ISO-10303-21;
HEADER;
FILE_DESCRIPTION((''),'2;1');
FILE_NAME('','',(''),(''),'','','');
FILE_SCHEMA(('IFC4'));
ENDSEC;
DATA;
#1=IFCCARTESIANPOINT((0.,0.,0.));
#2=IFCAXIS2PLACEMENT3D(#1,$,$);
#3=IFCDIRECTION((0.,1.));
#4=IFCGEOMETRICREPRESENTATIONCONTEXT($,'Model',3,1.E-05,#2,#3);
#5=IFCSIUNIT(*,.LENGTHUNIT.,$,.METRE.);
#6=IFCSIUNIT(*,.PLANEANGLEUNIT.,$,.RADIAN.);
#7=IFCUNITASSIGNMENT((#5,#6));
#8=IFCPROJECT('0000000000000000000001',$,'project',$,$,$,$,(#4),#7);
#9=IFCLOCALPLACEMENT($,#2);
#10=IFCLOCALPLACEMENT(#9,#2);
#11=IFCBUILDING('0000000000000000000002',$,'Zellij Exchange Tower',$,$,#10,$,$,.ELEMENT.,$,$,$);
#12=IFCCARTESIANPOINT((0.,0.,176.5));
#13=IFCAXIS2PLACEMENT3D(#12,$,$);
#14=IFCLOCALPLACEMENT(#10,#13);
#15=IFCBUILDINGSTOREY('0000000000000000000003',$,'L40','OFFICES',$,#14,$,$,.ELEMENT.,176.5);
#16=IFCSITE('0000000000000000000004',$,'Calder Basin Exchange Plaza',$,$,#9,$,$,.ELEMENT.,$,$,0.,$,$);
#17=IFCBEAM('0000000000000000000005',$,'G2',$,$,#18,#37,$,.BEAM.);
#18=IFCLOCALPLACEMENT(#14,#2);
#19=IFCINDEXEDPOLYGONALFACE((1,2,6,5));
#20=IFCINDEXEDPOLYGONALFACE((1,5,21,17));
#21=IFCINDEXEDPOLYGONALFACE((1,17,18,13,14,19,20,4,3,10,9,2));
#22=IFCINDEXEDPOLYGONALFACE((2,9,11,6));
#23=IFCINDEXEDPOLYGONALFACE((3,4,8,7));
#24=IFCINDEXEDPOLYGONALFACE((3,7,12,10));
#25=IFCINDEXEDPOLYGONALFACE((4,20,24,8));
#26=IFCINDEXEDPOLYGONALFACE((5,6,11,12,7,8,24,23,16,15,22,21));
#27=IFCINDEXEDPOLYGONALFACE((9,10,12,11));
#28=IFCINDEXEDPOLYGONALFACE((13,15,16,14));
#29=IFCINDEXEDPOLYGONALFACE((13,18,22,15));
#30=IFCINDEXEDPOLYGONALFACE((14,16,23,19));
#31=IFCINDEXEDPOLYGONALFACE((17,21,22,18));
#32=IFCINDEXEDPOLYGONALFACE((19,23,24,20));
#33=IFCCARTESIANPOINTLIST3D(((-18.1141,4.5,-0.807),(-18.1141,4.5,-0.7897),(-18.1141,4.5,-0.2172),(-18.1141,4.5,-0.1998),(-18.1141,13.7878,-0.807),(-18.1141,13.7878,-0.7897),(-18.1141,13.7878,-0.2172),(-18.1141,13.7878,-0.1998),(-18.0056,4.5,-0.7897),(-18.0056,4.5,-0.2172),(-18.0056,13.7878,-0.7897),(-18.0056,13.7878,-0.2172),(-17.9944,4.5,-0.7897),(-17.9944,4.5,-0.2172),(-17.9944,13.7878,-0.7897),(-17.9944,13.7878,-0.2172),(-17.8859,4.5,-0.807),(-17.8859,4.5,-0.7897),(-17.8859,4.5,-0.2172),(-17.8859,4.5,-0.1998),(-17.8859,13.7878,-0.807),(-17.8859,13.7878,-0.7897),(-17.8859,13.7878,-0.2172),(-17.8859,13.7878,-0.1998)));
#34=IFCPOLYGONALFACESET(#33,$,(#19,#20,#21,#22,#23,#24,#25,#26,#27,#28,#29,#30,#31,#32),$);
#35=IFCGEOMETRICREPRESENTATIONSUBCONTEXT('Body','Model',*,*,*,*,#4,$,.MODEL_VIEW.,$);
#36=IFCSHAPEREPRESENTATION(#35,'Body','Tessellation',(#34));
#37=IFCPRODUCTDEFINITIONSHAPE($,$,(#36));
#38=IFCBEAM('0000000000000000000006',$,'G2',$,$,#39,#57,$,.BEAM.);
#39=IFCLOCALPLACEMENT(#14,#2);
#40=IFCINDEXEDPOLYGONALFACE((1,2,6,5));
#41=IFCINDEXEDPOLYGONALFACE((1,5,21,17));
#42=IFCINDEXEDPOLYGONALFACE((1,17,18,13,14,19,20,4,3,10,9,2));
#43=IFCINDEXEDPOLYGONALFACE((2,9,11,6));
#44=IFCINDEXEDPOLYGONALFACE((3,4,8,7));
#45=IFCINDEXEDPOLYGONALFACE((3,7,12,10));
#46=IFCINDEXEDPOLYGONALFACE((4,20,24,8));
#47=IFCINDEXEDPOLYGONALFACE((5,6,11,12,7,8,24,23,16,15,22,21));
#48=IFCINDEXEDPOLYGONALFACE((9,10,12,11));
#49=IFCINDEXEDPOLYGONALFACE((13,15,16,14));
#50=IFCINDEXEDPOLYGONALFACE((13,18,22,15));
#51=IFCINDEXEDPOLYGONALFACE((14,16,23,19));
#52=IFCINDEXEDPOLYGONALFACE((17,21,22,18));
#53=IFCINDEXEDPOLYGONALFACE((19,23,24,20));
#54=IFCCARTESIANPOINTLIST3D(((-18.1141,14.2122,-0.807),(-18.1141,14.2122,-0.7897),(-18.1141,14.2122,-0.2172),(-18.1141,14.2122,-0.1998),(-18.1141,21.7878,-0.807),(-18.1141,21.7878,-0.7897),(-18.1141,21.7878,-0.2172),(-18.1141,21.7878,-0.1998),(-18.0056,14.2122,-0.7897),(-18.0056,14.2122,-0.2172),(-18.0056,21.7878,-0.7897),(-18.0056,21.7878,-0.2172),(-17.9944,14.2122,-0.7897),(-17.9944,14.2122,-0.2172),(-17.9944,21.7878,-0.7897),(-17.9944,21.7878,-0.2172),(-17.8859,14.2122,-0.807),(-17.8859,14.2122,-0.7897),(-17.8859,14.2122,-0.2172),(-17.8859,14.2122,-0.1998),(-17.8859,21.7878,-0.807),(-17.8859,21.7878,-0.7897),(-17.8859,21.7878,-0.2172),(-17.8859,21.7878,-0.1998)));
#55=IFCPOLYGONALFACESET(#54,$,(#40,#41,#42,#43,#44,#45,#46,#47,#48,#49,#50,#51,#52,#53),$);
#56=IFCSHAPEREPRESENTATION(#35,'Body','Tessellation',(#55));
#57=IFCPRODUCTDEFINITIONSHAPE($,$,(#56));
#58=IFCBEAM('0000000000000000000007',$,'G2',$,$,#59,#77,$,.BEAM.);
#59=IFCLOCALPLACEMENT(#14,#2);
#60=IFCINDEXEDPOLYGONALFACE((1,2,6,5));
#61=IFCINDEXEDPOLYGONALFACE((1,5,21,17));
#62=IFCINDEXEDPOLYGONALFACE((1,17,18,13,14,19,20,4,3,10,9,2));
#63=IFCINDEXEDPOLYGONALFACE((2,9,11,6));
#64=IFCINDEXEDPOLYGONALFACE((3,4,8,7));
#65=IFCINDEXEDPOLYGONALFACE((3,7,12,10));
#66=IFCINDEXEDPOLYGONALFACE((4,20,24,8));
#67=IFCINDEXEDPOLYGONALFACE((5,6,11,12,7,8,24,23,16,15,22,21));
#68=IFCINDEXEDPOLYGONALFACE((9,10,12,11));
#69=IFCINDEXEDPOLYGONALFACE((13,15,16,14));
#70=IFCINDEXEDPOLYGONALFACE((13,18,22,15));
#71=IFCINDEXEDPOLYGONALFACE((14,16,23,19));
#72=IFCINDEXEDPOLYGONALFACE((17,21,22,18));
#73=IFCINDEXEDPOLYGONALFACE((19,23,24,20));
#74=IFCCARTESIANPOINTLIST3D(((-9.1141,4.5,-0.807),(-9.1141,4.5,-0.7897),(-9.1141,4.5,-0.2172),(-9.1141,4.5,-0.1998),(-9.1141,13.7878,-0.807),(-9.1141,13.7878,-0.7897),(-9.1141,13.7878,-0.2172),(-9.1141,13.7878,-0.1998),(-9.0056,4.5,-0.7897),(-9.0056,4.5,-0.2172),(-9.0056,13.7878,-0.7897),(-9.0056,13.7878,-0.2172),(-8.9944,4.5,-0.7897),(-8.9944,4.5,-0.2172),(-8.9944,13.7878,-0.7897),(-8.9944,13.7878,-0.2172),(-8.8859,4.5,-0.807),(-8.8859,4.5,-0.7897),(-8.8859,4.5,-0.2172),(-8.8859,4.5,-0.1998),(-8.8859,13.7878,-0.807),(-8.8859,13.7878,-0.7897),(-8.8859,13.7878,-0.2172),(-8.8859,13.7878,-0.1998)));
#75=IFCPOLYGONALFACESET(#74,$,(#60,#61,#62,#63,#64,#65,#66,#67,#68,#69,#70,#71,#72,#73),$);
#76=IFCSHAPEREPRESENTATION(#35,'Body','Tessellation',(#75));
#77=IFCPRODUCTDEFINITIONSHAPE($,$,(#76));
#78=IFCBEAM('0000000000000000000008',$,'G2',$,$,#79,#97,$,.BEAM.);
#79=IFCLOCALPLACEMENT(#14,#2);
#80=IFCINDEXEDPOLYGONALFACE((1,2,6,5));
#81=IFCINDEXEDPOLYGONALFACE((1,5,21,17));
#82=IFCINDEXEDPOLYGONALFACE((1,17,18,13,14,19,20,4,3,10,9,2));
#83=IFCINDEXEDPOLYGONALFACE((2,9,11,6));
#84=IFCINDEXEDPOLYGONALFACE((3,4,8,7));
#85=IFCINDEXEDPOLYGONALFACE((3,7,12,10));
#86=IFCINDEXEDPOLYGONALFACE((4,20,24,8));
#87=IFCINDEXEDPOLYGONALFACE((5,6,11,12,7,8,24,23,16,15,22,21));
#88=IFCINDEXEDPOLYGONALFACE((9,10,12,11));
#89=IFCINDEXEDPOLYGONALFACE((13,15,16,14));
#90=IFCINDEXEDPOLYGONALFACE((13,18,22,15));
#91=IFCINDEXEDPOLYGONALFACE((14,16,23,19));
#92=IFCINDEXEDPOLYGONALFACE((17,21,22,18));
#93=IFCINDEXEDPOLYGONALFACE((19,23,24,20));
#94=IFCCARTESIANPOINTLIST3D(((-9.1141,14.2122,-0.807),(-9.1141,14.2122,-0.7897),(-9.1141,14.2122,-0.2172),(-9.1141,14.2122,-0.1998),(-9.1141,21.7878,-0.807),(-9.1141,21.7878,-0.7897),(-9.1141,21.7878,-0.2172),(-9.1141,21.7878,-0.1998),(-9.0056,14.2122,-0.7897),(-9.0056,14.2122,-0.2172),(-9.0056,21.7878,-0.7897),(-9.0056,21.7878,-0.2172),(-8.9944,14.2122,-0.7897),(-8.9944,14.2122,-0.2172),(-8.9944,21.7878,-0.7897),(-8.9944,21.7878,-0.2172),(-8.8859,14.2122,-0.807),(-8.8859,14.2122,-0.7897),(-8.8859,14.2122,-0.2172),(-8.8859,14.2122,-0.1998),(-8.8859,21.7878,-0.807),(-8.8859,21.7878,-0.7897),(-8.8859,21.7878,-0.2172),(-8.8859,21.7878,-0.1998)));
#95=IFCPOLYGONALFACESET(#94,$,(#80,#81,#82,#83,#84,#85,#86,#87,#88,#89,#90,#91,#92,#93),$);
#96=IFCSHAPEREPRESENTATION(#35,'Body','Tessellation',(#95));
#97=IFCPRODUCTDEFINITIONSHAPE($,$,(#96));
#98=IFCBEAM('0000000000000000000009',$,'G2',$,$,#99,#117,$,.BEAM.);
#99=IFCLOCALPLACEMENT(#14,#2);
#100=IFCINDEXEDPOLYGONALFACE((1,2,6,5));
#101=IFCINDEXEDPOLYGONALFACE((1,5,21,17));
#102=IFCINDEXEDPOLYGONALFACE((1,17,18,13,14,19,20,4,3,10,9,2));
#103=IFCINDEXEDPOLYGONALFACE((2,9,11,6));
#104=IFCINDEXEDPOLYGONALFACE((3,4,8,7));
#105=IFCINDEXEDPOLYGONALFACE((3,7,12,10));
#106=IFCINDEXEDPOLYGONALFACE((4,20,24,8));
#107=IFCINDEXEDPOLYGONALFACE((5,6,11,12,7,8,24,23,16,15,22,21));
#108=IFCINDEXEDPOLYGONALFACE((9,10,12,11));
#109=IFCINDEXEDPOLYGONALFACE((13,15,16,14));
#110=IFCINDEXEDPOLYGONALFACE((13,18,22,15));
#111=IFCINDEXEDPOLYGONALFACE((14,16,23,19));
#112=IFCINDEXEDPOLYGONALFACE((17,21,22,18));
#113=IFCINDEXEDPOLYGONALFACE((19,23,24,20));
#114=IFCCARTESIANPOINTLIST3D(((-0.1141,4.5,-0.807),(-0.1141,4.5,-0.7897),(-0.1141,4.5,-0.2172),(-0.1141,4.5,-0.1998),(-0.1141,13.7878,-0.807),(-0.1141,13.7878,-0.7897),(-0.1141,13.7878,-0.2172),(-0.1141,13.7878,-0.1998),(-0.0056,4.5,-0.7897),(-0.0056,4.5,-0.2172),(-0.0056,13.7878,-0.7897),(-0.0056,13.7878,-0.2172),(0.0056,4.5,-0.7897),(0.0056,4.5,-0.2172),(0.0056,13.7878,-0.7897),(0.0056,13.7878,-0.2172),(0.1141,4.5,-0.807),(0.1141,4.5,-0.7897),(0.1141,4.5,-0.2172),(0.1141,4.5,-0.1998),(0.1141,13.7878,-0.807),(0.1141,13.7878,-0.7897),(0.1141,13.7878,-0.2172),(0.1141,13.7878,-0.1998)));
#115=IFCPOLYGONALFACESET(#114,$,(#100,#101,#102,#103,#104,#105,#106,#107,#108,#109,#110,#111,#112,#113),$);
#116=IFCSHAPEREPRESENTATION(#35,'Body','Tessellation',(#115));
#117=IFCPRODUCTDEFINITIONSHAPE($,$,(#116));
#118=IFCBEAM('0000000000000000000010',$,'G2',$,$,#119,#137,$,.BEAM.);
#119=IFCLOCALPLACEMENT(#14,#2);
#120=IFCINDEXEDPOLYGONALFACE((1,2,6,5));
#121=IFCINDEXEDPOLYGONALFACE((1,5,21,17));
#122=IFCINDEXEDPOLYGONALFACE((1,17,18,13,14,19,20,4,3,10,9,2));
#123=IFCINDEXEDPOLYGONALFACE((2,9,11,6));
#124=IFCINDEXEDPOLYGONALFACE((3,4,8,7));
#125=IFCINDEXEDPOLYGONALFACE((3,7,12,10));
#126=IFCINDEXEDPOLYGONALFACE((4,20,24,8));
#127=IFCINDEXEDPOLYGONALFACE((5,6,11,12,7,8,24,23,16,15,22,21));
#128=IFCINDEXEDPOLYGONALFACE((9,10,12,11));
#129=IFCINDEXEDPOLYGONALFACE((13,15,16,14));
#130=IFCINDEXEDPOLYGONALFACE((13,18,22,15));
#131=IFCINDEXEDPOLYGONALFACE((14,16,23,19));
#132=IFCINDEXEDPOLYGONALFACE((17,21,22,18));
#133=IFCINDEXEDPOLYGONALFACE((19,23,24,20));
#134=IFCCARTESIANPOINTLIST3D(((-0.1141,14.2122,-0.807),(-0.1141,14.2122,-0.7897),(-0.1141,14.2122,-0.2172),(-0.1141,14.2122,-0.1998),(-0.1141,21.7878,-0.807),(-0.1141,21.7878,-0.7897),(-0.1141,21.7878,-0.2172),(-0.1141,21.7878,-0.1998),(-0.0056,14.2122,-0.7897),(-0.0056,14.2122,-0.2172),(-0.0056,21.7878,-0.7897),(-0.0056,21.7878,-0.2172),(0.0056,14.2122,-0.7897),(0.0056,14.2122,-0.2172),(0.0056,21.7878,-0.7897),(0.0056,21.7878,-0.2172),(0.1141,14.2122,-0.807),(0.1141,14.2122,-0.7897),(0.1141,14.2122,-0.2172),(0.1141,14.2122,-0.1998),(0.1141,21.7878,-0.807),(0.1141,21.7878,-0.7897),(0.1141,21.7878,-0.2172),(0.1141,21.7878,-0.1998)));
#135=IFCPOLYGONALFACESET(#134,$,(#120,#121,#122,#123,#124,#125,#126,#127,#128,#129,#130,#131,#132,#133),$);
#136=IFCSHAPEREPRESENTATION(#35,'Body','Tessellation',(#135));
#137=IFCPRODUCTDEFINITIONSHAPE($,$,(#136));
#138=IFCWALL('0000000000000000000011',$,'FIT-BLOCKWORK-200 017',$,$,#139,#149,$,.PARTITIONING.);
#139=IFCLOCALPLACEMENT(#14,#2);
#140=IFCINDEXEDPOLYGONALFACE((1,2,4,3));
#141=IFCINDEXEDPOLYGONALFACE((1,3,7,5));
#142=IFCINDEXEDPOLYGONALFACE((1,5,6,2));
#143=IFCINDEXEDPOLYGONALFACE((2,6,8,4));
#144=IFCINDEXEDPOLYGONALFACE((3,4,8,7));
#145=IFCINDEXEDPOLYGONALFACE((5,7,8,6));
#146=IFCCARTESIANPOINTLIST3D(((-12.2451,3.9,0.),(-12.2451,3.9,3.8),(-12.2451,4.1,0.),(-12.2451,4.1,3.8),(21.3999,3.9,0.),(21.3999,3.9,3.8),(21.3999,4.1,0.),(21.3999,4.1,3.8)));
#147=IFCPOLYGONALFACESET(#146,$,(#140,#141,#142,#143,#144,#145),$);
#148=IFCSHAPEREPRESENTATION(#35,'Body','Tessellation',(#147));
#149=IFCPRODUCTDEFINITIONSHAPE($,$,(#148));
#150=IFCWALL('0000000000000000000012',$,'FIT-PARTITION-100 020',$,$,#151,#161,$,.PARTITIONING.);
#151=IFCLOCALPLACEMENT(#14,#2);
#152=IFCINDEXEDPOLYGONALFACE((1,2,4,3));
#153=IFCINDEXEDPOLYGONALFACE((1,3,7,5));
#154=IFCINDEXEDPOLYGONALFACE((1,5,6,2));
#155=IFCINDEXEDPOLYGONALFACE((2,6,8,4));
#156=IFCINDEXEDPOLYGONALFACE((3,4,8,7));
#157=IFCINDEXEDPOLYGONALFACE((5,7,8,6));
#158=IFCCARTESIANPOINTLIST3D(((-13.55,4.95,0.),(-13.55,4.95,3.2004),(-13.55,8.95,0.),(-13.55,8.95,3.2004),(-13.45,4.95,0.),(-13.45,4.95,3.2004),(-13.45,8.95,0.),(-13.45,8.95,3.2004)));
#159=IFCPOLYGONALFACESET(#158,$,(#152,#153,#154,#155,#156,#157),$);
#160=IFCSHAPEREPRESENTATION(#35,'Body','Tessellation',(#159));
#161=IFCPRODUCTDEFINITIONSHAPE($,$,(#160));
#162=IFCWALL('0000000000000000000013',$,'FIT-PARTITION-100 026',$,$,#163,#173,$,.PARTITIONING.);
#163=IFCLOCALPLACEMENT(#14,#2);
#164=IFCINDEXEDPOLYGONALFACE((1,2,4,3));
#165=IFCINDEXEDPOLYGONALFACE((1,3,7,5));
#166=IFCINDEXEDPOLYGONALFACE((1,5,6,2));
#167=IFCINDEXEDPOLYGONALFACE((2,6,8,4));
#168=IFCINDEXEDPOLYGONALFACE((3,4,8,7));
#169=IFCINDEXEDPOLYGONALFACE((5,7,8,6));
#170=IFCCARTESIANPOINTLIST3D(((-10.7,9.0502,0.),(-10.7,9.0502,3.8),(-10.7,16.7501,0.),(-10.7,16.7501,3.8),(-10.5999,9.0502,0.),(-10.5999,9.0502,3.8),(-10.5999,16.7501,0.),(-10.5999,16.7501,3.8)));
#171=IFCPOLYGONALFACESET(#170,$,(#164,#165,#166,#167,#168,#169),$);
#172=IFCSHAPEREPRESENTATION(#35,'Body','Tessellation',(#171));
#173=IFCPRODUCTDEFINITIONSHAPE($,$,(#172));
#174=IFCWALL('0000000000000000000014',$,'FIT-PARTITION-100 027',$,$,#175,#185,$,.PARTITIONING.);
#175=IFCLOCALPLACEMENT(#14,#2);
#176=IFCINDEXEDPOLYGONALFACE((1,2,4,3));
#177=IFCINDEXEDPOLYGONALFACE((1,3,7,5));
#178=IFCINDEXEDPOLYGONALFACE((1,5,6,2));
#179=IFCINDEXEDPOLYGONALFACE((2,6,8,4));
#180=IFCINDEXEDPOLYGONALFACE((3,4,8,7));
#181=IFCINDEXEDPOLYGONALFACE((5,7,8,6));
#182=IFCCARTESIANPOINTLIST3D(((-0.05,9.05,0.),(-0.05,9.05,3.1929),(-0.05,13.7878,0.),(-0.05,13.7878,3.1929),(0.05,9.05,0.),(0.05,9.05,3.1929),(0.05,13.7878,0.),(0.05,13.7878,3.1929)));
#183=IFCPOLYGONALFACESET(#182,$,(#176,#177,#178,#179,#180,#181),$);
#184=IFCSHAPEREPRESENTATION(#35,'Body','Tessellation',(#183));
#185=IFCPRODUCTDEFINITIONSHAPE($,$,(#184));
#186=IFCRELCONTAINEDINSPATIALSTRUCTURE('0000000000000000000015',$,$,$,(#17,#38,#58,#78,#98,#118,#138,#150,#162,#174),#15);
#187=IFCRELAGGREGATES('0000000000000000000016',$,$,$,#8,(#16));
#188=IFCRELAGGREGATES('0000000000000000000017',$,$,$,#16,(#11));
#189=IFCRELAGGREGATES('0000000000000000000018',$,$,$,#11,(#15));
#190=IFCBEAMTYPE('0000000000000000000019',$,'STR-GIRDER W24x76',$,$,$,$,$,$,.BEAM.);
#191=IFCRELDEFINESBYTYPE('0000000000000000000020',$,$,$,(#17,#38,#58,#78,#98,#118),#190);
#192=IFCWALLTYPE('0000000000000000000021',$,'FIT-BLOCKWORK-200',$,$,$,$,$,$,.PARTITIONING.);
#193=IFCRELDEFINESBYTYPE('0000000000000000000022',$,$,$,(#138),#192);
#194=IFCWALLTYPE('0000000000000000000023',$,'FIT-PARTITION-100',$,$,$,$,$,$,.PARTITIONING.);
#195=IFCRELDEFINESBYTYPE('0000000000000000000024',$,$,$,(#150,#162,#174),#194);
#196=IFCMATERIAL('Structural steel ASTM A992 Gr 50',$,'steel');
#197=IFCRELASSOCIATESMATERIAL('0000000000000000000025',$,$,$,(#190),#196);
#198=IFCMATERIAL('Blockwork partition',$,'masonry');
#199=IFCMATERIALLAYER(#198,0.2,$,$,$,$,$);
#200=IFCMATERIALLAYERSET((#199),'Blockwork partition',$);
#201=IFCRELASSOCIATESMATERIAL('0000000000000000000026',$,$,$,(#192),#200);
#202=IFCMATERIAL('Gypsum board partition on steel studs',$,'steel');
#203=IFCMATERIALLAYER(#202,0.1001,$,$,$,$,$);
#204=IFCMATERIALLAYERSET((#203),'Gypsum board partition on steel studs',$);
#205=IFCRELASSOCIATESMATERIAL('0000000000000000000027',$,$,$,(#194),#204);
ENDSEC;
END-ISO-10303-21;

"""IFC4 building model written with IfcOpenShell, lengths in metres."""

from ifc_helpers import new_model, si_unit, direction, frame, frame_2d, origin, origin_2d, place, context, subcontext, project, spatial, rectangle, i_section, extrude, material, layer, layer_set, material_profile, profile_set, type_object, element, save


model = new_model("IFC4")

# Units and contexts
model_context = context("Model", 3, precision=1e-05, world=origin(), true_north=direction((0.0, 1.0)))
body_context = subcontext(model_context, "Body", "Model", "MODEL_VIEW")
ifc_project = project(units=[si_unit("LENGTHUNIT", "METRE"), si_unit("PLANEANGLEUNIT", "RADIAN")], contexts=[model_context])

# Site, building, storey
site_placement = place(None, origin())
site = spatial("IfcSite", under=ifc_project, at=site_placement, Name="Calder Basin Exchange Plaza", CompositionType="ELEMENT", RefElevation=0.0)
building_placement = place(site_placement, origin())
building = spatial("IfcBuilding", under=site, at=building_placement, Name="Zellij Exchange Tower", CompositionType="ELEMENT")
storey_placement = place(building_placement, frame((0.0, 0.0, 176.5)))
storey = spatial("IfcBuildingStorey", under=building, at=storey_placement, Name="L40", Description="OFFICES", CompositionType="ELEMENT", Elevation=176.5)

# Beams
ifc_material_1 = material(Name="Structural steel ASTM A992 Gr 50", Category="steel")
ifc_material_profile_1 = material_profile(ifc_material_1, i_section(OverallWidth=0.2283, OverallDepth=0.6072, WebThickness=0.0112, FlangeThickness=0.0173, at=origin_2d()), Name="W24x76")
ifc_profile_set_1 = profile_set([ifc_material_profile_1], Name="Structural steel ASTM A992 Gr 50")
beam_type = type_object("IfcBeamType", Name="STR-GIRDER W24x76", PredefinedType="BEAM", material=ifc_profile_set_1)
beam_1_placement = place(storey_placement, frame((-18.0, 4.5, -0.5034), z_axis=(0.0, 1.0, 0.0), x_axis=(-1.0, 0.0, 0.0)))
element("IfcBeam", 1, at=beam_1_placement, inside=storey, type_object=beam_type, Name="G2", PredefinedType="BEAM", context=body_context, shape_type="SweptSolid", body=[
    extrude(i_section(OverallWidth=0.2283, OverallDepth=0.6072, WebThickness=0.0112, FlangeThickness=0.0173, at=origin_2d()), origin(), (0.0, 0.0, 1.0), 9.2878),
])
beam_2_placement = place(storey_placement, frame((-18.0, 14.2122, -0.5034), z_axis=(0.0, 1.0, 0.0), x_axis=(-1.0, 0.0, 0.0)))
element("IfcBeam", 2, at=beam_2_placement, inside=storey, type_object=beam_type, Name="G2", PredefinedType="BEAM", context=body_context, shape_type="SweptSolid", body=[
    extrude(i_section(OverallWidth=0.2283, OverallDepth=0.6072, WebThickness=0.0112, FlangeThickness=0.0173, at=origin_2d()), origin(), (0.0, 0.0, 1.0), 7.5757),
])
beam_3_placement = place(storey_placement, frame((-9.0, 4.5, -0.5034), z_axis=(0.0, 1.0, 0.0), x_axis=(-1.0, 0.0, 0.0)))
element("IfcBeam", 3, at=beam_3_placement, inside=storey, type_object=beam_type, Name="G2", PredefinedType="BEAM", context=body_context, shape_type="SweptSolid", body=[
    extrude(i_section(OverallWidth=0.2283, OverallDepth=0.6072, WebThickness=0.0112, FlangeThickness=0.0173, at=origin_2d()), origin(), (0.0, 0.0, 1.0), 9.2878),
])
beam_4_placement = place(storey_placement, frame((-9.0, 14.2122, -0.5034), z_axis=(0.0, 1.0, 0.0), x_axis=(-1.0, 0.0, 0.0)))
element("IfcBeam", 4, at=beam_4_placement, inside=storey, type_object=beam_type, Name="G2", PredefinedType="BEAM", context=body_context, shape_type="SweptSolid", body=[
    extrude(i_section(OverallWidth=0.2283, OverallDepth=0.6072, WebThickness=0.0112, FlangeThickness=0.0173, at=origin_2d()), origin(), (0.0, 0.0, 1.0), 7.5757),
])
beam_5_placement = place(storey_placement, frame((0.0, 4.5, -0.5034), z_axis=(0.0, 1.0, 0.0), x_axis=(-1.0, 0.0, 0.0)))
element("IfcBeam", 5, at=beam_5_placement, inside=storey, type_object=beam_type, Name="G2", PredefinedType="BEAM", context=body_context, shape_type="SweptSolid", body=[
    extrude(i_section(OverallWidth=0.2283, OverallDepth=0.6072, WebThickness=0.0112, FlangeThickness=0.0173, at=origin_2d()), origin(), (0.0, 0.0, 1.0), 9.2878),
])
beam_6_placement = place(storey_placement, frame((0.0, 14.2122, -0.5034), z_axis=(0.0, 1.0, 0.0), x_axis=(-1.0, 0.0, 0.0)))
element("IfcBeam", 6, at=beam_6_placement, inside=storey, type_object=beam_type, Name="G2", PredefinedType="BEAM", context=body_context, shape_type="SweptSolid", body=[
    extrude(i_section(OverallWidth=0.2283, OverallDepth=0.6072, WebThickness=0.0112, FlangeThickness=0.0173, at=origin_2d()), origin(), (0.0, 0.0, 1.0), 7.5757),
])

# Walls
ifc_material_2 = material(Name="Blockwork partition", Category="masonry")
ifc_layer_1 = layer(ifc_material_2, 0.2)
ifc_layer_set_1 = layer_set([ifc_layer_1], Name="Blockwork partition")
wall_type_1 = type_object("IfcWallType", Name="FIT-BLOCKWORK-200", PredefinedType="PARTITIONING", material=ifc_layer_set_1)
wall_1_placement = place(storey_placement, frame((-12.2451, 4.0, 0.0), z_axis=(0.0, 0.0, 1.0), x_axis=(1.0, 0.0, 0.0)))
element("IfcWall", 7, at=wall_1_placement, inside=storey, type_object=wall_type_1, Name="FIT-BLOCKWORK-200 017", PredefinedType="PARTITIONING", context=body_context, shape_type="SweptSolid", body=[
    extrude(rectangle(XDim=33.645, YDim=0.2, at=frame_2d((16.8225, 0.0))), origin(), (0.0, 0.0, 1.0), 3.8),
])
ifc_material_3 = material(Name="Gypsum board partition on steel studs", Category="steel")
ifc_layer_2 = layer(ifc_material_3, 0.1001)
ifc_layer_set_2 = layer_set([ifc_layer_2], Name="Gypsum board partition on steel studs")
wall_type_2 = type_object("IfcWallType", Name="FIT-PARTITION-100", PredefinedType="PARTITIONING", material=ifc_layer_set_2)
wall_2_placement = place(storey_placement, frame((-13.5, 4.95, 0.0), z_axis=(0.0, 0.0, 1.0), x_axis=(0.0, 1.0, 0.0)))
element("IfcWall", 8, at=wall_2_placement, inside=storey, type_object=wall_type_2, Name="FIT-PARTITION-100 020", PredefinedType="PARTITIONING", context=body_context, shape_type="SweptSolid", body=[
    extrude(rectangle(XDim=4.0, YDim=0.1001, at=frame_2d((2.0, 0.0))), origin(), (0.0, 0.0, 1.0), 3.2004),
])
wall_3_placement = place(storey_placement, frame((-10.6499, 9.05, 0.0), z_axis=(0.0, 0.0, 1.0), x_axis=(0.0, 1.0, 0.0)))
element("IfcWall", 9, at=wall_3_placement, inside=storey, type_object=wall_type_2, Name="FIT-PARTITION-100 026", PredefinedType="PARTITIONING", context=body_context, shape_type="SweptSolid", body=[
    extrude(rectangle(XDim=7.7, YDim=0.1001, at=frame_2d((3.8501, 0.0))), origin(), (0.0, 0.0, 1.0), 3.8),
])
wall_4_placement = place(storey_placement, frame((0.0, 9.05, 0.0), z_axis=(0.0, 0.0, 1.0), x_axis=(0.0, 1.0, 0.0)))
element("IfcWall", 10, at=wall_4_placement, inside=storey, type_object=wall_type_2, Name="FIT-PARTITION-100 027", PredefinedType="PARTITIONING", context=body_context, shape_type="SweptSolid", body=[
    extrude(rectangle(XDim=4.7378, YDim=0.1001, at=frame_2d((2.3689, 0.0))), origin(), (0.0, 0.0, 1.0), 3.1929),
])

save(model, "model.ifc")
